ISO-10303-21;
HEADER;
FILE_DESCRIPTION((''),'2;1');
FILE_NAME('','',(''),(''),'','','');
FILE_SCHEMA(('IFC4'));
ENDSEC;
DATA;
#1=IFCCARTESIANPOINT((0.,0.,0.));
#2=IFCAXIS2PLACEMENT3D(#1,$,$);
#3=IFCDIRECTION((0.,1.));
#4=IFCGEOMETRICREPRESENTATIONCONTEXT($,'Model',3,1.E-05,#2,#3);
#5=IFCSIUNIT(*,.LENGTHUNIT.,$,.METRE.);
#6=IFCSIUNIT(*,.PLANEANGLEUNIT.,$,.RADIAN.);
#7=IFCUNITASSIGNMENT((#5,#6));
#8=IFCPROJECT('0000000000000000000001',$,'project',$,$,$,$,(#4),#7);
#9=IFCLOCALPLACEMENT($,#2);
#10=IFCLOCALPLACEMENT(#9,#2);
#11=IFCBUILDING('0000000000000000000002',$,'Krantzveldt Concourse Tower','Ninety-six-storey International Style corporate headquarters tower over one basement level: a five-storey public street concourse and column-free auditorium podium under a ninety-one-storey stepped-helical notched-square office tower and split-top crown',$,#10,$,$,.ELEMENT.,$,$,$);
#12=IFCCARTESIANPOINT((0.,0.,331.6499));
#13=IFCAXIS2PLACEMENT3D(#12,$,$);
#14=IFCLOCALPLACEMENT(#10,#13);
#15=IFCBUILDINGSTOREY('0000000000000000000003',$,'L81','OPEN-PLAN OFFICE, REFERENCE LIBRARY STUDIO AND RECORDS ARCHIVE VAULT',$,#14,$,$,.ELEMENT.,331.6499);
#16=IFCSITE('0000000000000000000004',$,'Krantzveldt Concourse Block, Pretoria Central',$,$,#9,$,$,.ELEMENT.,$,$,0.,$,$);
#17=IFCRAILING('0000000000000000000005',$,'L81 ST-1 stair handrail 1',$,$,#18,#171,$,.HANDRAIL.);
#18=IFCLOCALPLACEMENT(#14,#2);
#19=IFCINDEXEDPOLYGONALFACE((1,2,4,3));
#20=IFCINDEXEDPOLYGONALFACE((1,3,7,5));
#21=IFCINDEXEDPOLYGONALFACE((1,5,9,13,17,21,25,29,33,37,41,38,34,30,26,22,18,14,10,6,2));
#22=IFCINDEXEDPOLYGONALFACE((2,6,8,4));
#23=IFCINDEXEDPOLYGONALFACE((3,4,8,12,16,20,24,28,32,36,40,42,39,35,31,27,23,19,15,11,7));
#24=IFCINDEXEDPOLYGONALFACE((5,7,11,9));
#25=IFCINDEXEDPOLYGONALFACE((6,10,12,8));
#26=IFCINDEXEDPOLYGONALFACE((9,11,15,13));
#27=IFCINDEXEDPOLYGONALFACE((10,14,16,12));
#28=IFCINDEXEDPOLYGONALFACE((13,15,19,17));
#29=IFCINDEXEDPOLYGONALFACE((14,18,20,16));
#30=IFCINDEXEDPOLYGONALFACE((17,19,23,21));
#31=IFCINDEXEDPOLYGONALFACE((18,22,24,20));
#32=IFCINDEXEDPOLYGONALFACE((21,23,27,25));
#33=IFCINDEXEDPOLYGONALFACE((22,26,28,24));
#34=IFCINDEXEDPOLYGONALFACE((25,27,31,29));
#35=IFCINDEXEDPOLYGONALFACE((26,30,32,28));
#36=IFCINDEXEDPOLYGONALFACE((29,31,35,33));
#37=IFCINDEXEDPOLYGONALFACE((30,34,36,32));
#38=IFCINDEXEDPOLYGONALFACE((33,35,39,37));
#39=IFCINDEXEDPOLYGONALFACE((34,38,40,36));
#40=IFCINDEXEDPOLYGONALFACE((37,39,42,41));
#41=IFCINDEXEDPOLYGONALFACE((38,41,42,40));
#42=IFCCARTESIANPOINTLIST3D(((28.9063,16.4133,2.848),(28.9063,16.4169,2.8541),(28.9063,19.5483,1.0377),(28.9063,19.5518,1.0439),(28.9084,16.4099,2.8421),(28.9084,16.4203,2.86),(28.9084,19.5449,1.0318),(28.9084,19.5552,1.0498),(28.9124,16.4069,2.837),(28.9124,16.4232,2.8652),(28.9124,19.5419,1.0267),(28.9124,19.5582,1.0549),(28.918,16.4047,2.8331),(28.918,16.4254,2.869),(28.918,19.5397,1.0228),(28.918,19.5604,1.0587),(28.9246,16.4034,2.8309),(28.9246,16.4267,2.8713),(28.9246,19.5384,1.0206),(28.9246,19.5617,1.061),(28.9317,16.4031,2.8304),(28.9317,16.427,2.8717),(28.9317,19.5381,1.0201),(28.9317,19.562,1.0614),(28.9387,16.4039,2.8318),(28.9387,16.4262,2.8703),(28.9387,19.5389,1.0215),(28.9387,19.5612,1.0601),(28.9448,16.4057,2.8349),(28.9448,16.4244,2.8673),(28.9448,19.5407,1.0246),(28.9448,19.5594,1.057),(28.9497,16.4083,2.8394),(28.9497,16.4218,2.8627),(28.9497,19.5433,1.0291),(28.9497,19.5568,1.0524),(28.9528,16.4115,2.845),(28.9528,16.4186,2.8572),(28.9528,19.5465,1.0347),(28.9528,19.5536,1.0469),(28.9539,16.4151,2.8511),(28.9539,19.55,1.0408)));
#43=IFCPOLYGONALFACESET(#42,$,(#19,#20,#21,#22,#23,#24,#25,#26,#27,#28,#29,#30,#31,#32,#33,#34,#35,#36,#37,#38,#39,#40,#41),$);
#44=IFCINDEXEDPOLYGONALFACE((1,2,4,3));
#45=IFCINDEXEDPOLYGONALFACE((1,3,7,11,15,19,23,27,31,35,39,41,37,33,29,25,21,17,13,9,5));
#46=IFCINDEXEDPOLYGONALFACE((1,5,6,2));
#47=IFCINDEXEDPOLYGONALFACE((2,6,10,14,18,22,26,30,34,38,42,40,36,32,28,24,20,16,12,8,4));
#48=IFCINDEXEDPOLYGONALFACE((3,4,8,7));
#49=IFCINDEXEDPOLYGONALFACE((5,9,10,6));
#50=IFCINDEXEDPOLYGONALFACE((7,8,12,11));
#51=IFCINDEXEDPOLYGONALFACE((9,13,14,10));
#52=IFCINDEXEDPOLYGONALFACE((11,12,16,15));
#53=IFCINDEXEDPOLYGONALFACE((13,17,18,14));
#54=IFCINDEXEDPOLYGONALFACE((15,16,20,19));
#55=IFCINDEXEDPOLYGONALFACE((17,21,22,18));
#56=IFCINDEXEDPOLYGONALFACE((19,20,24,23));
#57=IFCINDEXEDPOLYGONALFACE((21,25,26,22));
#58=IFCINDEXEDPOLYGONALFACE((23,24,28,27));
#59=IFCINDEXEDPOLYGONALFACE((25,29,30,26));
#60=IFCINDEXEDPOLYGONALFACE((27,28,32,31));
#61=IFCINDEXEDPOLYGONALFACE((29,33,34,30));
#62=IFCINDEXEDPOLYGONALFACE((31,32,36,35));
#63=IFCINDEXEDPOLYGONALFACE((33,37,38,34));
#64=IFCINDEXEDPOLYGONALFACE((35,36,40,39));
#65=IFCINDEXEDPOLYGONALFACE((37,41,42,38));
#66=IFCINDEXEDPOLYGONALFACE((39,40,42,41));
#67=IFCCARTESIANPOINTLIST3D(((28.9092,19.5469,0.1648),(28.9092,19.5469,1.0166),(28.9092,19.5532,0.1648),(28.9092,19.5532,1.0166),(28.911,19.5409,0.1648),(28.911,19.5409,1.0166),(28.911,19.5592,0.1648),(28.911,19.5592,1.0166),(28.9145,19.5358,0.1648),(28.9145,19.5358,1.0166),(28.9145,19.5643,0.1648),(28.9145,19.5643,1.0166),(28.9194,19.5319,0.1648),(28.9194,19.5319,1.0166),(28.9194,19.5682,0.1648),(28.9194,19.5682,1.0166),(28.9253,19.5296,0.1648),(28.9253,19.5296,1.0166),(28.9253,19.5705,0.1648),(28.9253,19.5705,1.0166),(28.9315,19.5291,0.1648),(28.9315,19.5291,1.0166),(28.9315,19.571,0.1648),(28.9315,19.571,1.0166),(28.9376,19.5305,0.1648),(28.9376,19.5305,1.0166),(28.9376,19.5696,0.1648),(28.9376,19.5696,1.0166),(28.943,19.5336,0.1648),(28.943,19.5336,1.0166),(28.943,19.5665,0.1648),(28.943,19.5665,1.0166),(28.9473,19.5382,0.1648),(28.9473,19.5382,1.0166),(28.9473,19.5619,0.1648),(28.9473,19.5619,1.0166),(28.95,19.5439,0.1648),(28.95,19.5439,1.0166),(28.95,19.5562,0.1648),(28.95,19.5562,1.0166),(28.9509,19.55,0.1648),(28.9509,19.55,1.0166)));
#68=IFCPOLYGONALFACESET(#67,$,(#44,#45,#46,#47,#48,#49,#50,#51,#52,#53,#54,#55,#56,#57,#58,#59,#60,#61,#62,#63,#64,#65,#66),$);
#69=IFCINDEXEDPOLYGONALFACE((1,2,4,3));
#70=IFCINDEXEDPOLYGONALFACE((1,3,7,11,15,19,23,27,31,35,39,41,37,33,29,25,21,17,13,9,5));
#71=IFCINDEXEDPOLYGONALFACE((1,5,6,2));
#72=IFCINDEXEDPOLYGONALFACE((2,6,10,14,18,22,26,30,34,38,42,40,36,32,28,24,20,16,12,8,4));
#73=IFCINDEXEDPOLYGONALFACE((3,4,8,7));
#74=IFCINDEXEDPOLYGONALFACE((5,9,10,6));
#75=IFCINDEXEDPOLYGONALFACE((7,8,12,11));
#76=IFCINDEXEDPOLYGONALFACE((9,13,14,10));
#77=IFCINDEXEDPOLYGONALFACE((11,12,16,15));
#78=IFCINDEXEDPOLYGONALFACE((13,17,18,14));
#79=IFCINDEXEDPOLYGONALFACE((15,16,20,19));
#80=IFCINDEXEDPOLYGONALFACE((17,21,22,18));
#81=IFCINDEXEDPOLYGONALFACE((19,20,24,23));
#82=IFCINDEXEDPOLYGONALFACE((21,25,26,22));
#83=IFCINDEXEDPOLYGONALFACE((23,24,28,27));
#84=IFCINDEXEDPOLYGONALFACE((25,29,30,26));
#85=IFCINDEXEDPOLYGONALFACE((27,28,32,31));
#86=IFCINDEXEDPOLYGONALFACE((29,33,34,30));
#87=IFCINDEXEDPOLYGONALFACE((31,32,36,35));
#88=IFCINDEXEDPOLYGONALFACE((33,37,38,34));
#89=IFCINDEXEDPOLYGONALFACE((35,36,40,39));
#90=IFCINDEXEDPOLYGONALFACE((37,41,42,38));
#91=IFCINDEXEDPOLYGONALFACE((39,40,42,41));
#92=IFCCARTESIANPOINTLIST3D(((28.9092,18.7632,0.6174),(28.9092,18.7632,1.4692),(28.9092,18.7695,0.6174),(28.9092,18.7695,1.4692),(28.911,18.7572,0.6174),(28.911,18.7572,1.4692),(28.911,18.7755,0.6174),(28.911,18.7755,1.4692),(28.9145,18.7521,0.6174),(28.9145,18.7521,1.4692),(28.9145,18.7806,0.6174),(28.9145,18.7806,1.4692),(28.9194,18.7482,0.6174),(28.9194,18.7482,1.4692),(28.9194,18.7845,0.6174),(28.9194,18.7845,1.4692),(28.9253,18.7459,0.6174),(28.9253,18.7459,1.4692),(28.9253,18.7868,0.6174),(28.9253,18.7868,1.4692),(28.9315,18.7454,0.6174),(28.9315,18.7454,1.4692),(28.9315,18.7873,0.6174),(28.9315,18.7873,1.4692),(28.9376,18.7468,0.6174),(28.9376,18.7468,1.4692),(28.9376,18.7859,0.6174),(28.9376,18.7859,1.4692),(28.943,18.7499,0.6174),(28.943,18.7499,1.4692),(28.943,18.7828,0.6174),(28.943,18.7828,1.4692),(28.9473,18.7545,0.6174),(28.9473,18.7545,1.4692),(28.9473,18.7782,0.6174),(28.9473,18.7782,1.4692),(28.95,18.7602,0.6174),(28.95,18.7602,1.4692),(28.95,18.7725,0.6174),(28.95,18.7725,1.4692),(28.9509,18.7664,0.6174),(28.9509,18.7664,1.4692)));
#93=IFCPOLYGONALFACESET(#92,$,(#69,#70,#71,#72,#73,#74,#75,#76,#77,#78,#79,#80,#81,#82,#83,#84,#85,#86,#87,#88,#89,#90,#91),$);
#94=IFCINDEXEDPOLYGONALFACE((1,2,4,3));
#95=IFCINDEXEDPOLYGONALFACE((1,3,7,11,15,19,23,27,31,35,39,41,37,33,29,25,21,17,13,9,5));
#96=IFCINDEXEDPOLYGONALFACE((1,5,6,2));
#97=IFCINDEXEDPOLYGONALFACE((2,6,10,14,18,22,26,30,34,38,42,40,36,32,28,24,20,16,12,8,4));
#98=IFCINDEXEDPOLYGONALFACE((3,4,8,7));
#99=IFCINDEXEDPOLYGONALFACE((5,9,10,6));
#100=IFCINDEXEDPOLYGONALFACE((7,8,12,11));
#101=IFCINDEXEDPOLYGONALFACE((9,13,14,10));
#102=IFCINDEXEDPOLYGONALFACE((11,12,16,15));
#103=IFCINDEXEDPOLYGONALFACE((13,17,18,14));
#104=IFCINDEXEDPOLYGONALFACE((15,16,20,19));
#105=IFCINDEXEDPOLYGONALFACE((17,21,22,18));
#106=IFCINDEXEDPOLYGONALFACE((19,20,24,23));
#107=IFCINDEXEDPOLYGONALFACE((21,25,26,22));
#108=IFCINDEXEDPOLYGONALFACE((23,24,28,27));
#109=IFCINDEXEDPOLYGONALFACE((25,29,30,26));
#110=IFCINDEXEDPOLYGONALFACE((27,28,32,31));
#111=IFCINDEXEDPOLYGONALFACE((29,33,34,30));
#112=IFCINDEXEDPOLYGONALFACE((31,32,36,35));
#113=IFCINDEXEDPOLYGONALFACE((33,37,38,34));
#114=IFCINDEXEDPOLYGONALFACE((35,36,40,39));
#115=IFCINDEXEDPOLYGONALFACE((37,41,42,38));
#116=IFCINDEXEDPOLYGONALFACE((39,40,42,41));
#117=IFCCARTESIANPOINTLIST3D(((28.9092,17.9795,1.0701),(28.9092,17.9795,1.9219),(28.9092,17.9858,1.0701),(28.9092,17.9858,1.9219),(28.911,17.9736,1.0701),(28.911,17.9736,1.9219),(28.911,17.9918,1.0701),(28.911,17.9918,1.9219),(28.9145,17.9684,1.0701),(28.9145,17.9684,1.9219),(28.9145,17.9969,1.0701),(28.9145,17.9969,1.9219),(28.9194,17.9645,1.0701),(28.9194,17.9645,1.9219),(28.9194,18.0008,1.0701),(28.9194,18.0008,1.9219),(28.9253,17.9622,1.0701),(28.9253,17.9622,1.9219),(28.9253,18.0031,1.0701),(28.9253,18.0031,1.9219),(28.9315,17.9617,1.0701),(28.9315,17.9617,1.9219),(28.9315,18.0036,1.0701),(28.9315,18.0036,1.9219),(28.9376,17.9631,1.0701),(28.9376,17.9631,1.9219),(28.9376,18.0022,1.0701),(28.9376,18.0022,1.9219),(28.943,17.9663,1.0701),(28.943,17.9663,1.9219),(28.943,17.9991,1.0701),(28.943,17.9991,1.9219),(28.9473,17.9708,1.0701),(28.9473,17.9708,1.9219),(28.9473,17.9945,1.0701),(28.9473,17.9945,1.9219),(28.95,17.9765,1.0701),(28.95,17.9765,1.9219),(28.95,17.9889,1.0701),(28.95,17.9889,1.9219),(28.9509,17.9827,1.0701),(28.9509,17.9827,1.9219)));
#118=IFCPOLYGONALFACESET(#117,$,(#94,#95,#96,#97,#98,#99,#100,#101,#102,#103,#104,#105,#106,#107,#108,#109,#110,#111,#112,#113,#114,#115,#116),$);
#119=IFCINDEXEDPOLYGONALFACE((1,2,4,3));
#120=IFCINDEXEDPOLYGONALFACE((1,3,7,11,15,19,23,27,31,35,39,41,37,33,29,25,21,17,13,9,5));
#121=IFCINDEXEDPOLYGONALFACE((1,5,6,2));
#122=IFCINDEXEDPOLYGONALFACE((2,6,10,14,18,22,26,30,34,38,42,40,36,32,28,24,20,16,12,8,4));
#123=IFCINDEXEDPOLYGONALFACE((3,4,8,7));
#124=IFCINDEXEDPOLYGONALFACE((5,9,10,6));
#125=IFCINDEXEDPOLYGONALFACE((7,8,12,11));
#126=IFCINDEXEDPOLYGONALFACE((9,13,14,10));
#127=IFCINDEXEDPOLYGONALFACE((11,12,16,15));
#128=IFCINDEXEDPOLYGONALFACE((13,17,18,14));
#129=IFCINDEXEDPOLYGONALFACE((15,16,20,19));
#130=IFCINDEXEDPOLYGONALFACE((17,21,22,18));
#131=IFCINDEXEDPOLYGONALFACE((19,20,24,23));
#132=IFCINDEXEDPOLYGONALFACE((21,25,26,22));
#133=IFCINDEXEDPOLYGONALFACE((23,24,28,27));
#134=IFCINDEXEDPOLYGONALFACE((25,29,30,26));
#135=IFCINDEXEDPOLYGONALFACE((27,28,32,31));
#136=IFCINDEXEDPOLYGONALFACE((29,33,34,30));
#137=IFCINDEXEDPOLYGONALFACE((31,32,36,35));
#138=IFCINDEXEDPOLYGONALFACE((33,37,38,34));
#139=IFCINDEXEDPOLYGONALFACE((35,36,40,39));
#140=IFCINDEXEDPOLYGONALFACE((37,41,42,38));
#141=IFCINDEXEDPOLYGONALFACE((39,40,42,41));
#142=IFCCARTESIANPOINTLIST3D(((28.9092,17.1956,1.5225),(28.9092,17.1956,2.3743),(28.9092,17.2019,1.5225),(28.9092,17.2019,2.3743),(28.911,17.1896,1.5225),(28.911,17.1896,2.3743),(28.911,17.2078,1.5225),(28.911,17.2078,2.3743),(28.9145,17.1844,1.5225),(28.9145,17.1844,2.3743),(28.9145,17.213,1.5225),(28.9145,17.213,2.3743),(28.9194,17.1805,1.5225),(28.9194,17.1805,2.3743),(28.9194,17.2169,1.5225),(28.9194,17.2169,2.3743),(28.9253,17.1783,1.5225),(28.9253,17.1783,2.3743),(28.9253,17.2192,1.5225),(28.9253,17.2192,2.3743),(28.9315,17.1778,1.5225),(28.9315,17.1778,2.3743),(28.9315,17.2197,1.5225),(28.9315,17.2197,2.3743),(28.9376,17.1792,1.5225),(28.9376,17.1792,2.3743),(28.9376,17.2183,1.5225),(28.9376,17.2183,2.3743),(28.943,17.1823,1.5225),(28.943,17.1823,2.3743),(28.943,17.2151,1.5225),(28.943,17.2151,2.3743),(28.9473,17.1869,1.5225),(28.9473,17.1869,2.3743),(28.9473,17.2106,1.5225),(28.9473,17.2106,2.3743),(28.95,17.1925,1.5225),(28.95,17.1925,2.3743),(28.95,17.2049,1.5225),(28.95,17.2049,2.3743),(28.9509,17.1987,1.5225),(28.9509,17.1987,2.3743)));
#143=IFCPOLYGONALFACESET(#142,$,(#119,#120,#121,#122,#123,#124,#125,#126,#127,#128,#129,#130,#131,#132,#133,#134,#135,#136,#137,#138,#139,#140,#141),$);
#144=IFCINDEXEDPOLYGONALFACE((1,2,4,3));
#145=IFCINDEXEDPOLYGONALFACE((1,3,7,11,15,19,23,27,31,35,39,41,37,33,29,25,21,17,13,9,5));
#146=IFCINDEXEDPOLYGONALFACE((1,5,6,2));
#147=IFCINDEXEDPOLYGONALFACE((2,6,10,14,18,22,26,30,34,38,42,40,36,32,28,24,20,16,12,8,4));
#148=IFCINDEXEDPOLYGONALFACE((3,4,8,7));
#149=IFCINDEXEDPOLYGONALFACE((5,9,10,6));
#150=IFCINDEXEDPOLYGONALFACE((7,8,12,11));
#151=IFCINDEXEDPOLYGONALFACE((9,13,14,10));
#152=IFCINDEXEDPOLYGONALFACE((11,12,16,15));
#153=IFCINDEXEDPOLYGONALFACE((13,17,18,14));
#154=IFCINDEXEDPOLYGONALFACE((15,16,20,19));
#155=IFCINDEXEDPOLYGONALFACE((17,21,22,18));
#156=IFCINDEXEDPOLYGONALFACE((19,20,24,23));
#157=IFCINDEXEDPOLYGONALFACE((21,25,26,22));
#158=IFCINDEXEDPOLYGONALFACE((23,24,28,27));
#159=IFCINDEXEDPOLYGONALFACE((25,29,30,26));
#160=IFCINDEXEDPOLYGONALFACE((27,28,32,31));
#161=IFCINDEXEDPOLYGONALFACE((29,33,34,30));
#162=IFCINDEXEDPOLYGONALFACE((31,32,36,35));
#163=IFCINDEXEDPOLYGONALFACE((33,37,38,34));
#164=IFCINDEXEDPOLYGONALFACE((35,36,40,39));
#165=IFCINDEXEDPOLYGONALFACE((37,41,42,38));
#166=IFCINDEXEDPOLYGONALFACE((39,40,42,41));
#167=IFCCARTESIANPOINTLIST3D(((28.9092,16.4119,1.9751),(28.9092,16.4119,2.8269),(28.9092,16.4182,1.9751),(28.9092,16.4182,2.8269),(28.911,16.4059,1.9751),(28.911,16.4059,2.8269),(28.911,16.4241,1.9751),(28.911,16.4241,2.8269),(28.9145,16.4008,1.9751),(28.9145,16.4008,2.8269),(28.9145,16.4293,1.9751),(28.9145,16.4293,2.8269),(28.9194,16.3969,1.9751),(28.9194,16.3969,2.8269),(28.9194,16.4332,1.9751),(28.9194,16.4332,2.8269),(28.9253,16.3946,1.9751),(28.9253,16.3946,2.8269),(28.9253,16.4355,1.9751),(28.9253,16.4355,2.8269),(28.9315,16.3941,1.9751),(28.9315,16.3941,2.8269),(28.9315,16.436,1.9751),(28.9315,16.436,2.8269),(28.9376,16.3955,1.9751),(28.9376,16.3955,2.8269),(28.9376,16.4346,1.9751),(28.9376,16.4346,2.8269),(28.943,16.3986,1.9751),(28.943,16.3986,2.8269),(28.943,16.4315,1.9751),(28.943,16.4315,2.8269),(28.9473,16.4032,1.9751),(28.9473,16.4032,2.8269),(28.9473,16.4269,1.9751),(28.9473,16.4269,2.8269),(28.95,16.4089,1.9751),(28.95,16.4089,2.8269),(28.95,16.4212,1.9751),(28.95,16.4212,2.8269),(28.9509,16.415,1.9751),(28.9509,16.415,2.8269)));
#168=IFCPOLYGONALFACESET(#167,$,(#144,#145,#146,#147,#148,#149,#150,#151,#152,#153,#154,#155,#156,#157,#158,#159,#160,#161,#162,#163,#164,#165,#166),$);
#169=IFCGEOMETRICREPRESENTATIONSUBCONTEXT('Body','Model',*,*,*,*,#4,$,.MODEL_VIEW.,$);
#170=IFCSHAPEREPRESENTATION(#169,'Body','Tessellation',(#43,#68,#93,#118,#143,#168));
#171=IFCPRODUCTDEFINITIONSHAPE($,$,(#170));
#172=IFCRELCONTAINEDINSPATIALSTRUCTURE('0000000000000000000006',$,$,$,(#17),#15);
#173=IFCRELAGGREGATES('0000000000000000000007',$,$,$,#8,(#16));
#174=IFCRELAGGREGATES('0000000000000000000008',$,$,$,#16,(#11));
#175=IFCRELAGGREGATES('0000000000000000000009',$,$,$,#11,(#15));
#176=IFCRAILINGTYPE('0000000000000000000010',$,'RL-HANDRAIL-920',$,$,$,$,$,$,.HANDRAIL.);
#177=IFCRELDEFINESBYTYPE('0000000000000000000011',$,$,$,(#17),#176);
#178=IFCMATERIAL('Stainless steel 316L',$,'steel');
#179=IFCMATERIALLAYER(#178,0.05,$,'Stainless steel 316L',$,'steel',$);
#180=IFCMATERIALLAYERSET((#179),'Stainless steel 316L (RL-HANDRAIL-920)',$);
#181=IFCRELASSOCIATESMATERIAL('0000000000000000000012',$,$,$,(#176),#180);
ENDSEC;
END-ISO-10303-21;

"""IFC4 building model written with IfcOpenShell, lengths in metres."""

from ifc_helpers import new_model, si_unit, direction, frame, origin, origin_2d, place, context, subcontext, project, spatial, circle, extrude, material, layer, layer_set, type_object, element, save


model = new_model("IFC4")

# Units and contexts
model_context = context("Model", 3, precision=1e-05, world=origin(), true_north=direction((0.0, 1.0)))
body_context = subcontext(model_context, "Body", "Model", "MODEL_VIEW")
ifc_project = project(units=[si_unit("LENGTHUNIT", "METRE"), si_unit("PLANEANGLEUNIT", "RADIAN")], contexts=[model_context])

# Site, building, storey
site_placement = place(None, origin())
site = spatial("IfcSite", under=ifc_project, at=site_placement, Name="Krantzveldt Concourse Block, Pretoria Central", CompositionType="ELEMENT", RefElevation=0.0)
building_placement = place(site_placement, origin())
building = spatial("IfcBuilding", under=site, at=building_placement, Name="Krantzveldt Concourse Tower", Description="Ninety-six-storey International Style corporate headquarters tower over one basement level: a five-storey public street concourse and column-free auditorium podium under a ninety-one-storey stepped-helical notched-square office tower and split-top crown", CompositionType="ELEMENT")
storey_placement = place(building_placement, frame((0.0, 0.0, 331.6499)))
storey = spatial("IfcBuildingStorey", under=building, at=storey_placement, Name="L81", Description="OPEN-PLAN OFFICE, REFERENCE LIBRARY STUDIO AND RECORDS ARCHIVE VAULT", CompositionType="ELEMENT", Elevation=331.6499)

# Shared definitions
ifc_material_1 = material(Name="Stainless steel 316L", Category="steel")

# Railing
ifc_layer_1 = layer(ifc_material_1, 0.05, Name="Stainless steel 316L", Category="steel")
ifc_layer_set_1 = layer_set([ifc_layer_1], Name="Stainless steel 316L (RL-HANDRAIL-920)")
railing_type_1 = type_object("IfcRailingType", Name="RL-HANDRAIL-920", PredefinedType="HANDRAIL", material=ifc_layer_set_1)
railing_1_placement = place(storey_placement, frame((28.9299, 19.55, 0.1648)))
element("IfcRailing", 1, at=railing_1_placement, inside=storey, type_object=railing_type_1, Name="L81 ST-1 stair handrail 1", PredefinedType="HANDRAIL", context=body_context, shape_type="SweptSolid", body=[
    extrude(circle(Radius=0.0239, at=origin_2d()), frame((0.0, 0.0, 0.876), z_axis=(0.0, -0.865989, 0.500063), x_axis=(1.0, 0.0, 0.0)), (0.0, 0.0, 1.0), 3.6201),
    extrude(circle(Radius=0.021, at=origin_2d()), origin(), (0.0, 0.0, 1.0), 0.8518),
    extrude(circle(Radius=0.021, at=origin_2d()), frame((0.0, -0.7837, 0.4526)), (0.0, 0.0, 1.0), 0.8518),
    extrude(circle(Radius=0.021, at=origin_2d()), frame((0.0, -1.5674, 0.9053)), (0.0, 0.0, 1.0), 0.8518),
    extrude(circle(Radius=0.021, at=origin_2d()), frame((0.0, -2.3513, 1.3577)), (0.0, 0.0, 1.0), 0.8518),
    extrude(circle(Radius=0.021, at=origin_2d()), frame((0.0, -3.135, 1.8103)), (0.0, 0.0, 1.0), 0.8518),
])

save(model, "model.ifc")
